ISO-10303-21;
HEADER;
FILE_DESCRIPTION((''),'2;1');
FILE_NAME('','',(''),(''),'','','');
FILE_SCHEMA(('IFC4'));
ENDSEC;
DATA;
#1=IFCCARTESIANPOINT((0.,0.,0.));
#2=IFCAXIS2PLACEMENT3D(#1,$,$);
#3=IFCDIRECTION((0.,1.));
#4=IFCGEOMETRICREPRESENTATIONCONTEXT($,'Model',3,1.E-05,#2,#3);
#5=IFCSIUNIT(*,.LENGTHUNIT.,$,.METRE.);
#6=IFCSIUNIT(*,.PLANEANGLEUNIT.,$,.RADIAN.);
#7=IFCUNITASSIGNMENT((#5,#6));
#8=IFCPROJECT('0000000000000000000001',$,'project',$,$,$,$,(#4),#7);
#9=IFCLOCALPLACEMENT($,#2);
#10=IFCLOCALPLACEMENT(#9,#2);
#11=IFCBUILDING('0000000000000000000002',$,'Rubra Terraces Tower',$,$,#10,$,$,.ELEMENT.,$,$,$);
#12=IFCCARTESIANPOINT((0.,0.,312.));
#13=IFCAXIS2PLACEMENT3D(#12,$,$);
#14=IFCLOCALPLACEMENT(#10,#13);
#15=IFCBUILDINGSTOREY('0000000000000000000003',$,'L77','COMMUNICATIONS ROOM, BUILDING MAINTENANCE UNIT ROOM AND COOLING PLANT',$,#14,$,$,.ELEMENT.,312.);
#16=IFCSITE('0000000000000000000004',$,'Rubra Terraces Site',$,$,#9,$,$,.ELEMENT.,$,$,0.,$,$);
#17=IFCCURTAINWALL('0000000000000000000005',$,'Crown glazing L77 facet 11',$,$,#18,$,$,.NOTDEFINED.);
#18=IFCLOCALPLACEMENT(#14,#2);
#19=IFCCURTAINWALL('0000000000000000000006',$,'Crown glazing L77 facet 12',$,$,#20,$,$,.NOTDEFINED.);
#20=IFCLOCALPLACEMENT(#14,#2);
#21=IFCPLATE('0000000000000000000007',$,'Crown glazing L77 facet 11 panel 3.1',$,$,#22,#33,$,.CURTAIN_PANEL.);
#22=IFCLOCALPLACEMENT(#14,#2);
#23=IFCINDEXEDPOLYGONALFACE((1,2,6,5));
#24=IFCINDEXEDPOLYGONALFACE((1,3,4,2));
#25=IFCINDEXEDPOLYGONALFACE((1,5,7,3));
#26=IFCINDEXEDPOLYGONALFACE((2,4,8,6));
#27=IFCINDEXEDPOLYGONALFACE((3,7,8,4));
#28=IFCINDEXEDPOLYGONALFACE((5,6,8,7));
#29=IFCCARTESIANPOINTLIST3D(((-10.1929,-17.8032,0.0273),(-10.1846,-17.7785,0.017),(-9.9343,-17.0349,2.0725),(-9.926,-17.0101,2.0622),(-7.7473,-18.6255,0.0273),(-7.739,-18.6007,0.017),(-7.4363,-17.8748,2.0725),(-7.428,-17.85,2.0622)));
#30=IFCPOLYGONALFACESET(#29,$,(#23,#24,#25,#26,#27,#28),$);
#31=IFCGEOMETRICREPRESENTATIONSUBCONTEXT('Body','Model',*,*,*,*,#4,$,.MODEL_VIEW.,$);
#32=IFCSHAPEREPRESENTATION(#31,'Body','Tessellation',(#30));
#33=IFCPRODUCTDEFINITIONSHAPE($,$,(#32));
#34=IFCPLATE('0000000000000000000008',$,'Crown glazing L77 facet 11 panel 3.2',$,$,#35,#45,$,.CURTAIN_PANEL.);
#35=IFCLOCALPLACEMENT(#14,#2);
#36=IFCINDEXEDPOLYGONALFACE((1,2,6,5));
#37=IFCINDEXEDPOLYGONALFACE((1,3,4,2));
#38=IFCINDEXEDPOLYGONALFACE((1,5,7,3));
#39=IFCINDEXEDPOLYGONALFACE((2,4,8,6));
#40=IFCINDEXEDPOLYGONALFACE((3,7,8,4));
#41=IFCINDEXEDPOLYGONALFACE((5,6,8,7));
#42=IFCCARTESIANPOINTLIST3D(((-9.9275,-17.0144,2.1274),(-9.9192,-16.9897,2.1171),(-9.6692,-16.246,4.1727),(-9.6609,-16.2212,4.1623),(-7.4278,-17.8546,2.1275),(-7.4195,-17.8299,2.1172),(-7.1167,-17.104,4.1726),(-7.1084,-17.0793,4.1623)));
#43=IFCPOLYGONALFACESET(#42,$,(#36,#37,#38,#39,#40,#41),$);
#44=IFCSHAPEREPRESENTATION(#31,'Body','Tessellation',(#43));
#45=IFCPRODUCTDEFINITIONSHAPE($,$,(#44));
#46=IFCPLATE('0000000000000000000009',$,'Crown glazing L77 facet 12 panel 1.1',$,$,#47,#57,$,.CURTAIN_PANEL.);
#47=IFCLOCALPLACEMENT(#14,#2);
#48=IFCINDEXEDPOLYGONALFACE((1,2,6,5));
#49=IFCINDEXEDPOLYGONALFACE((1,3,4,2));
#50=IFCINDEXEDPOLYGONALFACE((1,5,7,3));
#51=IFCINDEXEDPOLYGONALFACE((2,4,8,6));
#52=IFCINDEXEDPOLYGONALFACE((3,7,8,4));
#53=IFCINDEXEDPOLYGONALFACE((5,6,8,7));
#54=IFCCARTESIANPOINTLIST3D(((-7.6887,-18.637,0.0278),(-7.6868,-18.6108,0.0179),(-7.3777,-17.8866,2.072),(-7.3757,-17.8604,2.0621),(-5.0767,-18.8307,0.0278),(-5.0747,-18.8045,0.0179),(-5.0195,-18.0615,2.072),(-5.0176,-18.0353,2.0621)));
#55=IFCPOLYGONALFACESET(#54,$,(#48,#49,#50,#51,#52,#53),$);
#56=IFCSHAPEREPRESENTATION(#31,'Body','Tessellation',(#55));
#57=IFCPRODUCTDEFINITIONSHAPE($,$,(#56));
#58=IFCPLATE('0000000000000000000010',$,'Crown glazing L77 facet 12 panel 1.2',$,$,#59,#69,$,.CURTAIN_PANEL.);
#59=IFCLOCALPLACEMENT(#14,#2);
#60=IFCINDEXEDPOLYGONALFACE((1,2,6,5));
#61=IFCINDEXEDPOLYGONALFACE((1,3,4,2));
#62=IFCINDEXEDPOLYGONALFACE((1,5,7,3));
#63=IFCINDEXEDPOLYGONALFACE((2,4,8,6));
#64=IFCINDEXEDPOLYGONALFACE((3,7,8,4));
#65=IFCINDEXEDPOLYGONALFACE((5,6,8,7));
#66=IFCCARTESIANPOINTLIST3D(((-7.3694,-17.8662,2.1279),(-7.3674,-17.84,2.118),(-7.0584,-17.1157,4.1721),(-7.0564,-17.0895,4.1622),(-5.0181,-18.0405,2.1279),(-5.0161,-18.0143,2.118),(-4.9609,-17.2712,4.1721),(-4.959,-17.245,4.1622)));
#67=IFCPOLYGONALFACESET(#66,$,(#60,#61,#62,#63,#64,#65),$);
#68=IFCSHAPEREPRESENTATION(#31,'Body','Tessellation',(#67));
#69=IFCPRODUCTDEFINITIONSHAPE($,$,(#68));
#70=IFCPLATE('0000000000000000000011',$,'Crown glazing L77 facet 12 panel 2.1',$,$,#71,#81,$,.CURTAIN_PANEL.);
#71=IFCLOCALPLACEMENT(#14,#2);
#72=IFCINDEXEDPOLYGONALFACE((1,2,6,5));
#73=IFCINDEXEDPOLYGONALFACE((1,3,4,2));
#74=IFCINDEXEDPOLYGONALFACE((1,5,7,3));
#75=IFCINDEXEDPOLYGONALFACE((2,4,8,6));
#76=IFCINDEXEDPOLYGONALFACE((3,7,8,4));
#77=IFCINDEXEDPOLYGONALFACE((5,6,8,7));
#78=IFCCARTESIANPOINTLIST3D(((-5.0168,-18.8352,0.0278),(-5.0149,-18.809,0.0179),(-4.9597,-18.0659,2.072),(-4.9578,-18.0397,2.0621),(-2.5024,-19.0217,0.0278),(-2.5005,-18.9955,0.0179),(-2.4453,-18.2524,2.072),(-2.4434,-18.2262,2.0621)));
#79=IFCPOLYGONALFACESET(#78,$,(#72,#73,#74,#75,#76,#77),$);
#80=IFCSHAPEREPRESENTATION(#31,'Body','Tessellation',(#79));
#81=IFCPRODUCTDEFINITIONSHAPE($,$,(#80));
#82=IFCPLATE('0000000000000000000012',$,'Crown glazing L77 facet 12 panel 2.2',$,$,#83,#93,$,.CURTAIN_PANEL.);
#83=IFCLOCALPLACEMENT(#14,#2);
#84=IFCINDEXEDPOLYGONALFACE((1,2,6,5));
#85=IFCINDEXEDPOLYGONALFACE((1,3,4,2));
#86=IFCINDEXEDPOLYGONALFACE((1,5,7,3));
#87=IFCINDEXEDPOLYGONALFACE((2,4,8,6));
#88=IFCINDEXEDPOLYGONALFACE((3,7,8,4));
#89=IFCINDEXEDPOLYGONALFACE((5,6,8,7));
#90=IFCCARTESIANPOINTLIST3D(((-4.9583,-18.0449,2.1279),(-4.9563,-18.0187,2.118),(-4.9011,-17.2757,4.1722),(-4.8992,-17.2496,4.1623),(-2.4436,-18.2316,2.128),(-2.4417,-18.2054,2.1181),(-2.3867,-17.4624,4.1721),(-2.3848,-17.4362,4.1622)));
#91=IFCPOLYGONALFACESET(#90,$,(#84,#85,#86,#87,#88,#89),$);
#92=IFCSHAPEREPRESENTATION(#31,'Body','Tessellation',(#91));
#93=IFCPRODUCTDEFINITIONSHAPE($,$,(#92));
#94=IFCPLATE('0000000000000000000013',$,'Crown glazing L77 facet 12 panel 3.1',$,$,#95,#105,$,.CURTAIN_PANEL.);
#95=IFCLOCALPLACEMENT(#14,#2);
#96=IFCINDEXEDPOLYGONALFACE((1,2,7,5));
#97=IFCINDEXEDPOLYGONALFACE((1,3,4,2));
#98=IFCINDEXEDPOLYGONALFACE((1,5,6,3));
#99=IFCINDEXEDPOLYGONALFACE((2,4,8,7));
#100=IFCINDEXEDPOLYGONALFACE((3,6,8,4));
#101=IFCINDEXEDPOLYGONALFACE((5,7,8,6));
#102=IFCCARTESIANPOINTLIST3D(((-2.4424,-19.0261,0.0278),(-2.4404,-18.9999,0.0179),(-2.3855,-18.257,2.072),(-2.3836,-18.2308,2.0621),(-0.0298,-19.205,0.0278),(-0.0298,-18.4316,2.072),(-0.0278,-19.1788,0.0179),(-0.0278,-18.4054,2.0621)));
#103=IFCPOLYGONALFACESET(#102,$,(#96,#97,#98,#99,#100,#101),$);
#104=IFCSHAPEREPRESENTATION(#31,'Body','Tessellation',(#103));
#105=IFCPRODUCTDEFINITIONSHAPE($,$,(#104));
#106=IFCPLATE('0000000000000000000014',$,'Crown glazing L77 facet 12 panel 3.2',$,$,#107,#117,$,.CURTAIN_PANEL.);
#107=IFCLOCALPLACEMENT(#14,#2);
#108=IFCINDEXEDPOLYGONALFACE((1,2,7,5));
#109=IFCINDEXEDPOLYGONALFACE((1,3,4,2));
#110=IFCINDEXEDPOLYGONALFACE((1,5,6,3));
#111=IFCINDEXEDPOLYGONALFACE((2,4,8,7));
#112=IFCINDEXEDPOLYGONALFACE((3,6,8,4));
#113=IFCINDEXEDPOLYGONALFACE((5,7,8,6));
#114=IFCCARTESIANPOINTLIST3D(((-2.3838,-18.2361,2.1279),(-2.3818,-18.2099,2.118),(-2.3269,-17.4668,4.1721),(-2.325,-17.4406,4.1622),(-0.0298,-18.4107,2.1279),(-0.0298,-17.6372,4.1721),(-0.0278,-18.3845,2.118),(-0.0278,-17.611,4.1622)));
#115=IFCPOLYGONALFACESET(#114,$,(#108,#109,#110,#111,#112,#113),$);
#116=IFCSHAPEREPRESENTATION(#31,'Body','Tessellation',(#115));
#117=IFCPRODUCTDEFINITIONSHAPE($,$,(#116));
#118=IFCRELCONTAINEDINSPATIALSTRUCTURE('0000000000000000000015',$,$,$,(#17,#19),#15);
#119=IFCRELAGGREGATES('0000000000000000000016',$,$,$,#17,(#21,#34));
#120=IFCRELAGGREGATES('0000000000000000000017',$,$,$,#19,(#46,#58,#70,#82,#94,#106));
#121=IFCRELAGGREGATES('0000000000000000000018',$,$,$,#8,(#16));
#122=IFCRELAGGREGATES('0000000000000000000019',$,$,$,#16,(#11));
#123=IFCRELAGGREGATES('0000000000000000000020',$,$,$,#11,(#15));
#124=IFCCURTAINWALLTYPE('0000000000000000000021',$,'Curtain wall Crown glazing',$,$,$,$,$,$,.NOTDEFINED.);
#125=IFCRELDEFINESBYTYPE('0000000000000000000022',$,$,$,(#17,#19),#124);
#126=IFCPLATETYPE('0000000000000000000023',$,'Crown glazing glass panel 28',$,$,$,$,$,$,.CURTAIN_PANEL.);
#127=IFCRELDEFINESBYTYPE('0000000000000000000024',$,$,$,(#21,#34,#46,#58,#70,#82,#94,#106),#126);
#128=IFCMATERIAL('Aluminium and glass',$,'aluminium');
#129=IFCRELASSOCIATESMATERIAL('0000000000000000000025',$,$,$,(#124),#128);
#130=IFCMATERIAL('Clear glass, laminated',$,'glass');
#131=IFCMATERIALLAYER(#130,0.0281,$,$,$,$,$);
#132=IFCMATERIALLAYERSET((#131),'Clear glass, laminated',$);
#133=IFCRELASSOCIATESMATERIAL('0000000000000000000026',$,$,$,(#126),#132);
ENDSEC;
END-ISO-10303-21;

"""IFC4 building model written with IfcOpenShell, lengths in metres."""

from ifc_helpers import new_model, si_unit, direction, frame, origin, place, context, subcontext, project, spatial, polyline, outline, extrude, material, layer, layer_set, type_object, element, aggregate, save


model = new_model("IFC4")

# Units and contexts
model_context = context("Model", 3, precision=1e-05, world=origin(), true_north=direction((0.0, 1.0)))
body_context = subcontext(model_context, "Body", "Model", "MODEL_VIEW")
ifc_project = project(units=[si_unit("LENGTHUNIT", "METRE"), si_unit("PLANEANGLEUNIT", "RADIAN")], contexts=[model_context])

# Site, building, storey
site_placement = place(None, origin())
site = spatial("IfcSite", under=ifc_project, at=site_placement, Name="Rubra Terraces Site", CompositionType="ELEMENT", RefElevation=0.0)
building_placement = place(site_placement, origin())
building = spatial("IfcBuilding", under=site, at=building_placement, Name="Rubra Terraces Tower", CompositionType="ELEMENT")
storey_placement = place(building_placement, frame((0.0, 0.0, 312.0)))
storey = spatial("IfcBuildingStorey", under=building, at=storey_placement, Name="L77", Description="COMMUNICATIONS ROOM, BUILDING MAINTENANCE UNIT ROOM AND COOLING PLANT", CompositionType="ELEMENT", Elevation=312.0)

# Curtain walls
ifc_material_1 = material(Name="Aluminium and glass", Category="aluminium")
curtain_wall_type = type_object("IfcCurtainWallType", Name="Curtain wall Crown glazing", PredefinedType="NOTDEFINED", material=ifc_material_1)
curtain_wall_1_placement = place(storey_placement, origin())
curtain_wall_1 = element("IfcCurtainWall", 1, at=curtain_wall_1_placement, inside=storey, type_object=curtain_wall_type, Name="Crown glazing L77 facet 11", PredefinedType="NOTDEFINED")
curtain_wall_2_placement = place(storey_placement, origin())
curtain_wall_2 = element("IfcCurtainWall", 2, at=curtain_wall_2_placement, inside=storey, type_object=curtain_wall_type, Name="Crown glazing L77 facet 12", PredefinedType="NOTDEFINED")

# Plates
ifc_material_2 = material(Name="Clear glass, laminated", Category="glass")
ifc_layer = layer(ifc_material_2, 0.0281)
ifc_layer_set = layer_set([ifc_layer], Name="Clear glass, laminated")
plate_type = type_object("IfcPlateType", Name="Crown glazing glass panel 28", PredefinedType="CURTAIN_PANEL", material=ifc_layer_set)
plate_1_placement = place(storey_placement, frame((-10.1929, -17.8032, 0.0273), z_axis=(-0.296258, -0.88116, 0.368494), x_axis=(0.94786, -0.318686, -0.000004)))
plate_1 = element("IfcPlate", 3, at=plate_1_placement, type_object=plate_type, Name="Crown glazing L77 facet 11 panel 3.1", PredefinedType="CURTAIN_PANEL", context=body_context, shape_type="SweptSolid", body=[
    extrude(outline(polyline([(0.0, 0.0), (2.5801, 0.0), (2.6357, 2.2), (0.0002, 2.2), (0.0, 0.0)])), origin(), (0.0, 0.0, -1.0), 0.0281),
])
plate_2_placement = place(storey_placement, frame((-9.9275, -17.0144, 2.1274), z_axis=(-0.296199, -0.881187, 0.368478), x_axis=(0.947886, -0.31861, 0.000021)))
plate_2 = element("IfcPlate", 4, at=plate_2_placement, type_object=plate_type, Name="Crown glazing L77 facet 11 panel 3.2", PredefinedType="CURTAIN_PANEL", context=body_context, shape_type="SweptSolid", body=[
    extrude(outline(polyline([(0.0, 0.0), (2.6371, 0.0), (2.6929, 2.1999), (0.0, 2.2), (0.0, 0.0)])), origin(), (0.0, 0.0, -1.0), 0.0281),
])
aggregate(curtain_wall_1, [plate_1, plate_2])
plate_3_placement = place(storey_placement, frame((-7.6887, -18.637, 0.0278), z_axis=(-0.069207, -0.933052, 0.353021), x_axis=(0.99726, -0.073974, -0.000013)))
plate_3 = element("IfcPlate", 5, at=plate_3_placement, type_object=plate_type, Name="Crown glazing L77 facet 12 panel 1.1", PredefinedType="CURTAIN_PANEL", context=body_context, shape_type="SweptSolid", body=[
    extrude(outline(polyline([(0.0, 0.0), (2.6192, 0.0), (2.6193, 2.1849), (0.2547, 2.1848), (0.0, 0.0)])), origin(), (0.0, 0.0, -1.0), 0.0281),
])
plate_4_placement = place(storey_placement, frame((-7.3694, -17.8662, 2.1279), z_axis=(-0.069176, -0.933037, 0.353068), x_axis=(0.997263, -0.073938, 0.000002)))
plate_4 = element("IfcPlate", 6, at=plate_4_placement, type_object=plate_type, Name="Crown glazing L77 facet 12 panel 1.2", PredefinedType="CURTAIN_PANEL", context=body_context, shape_type="SweptSolid", body=[
    extrude(outline(polyline([(0.0, 0.0), (2.3578, 0.0), (2.3579, 2.1849), (0.2547, 2.1849), (0.0, 0.0)])), origin(), (0.0, 0.0, -1.0), 0.0281),
])
plate_5_placement = place(storey_placement, frame((-5.0168, -18.8352, 0.0278), z_axis=(-0.069214, -0.933036, 0.353063), x_axis=(0.99726, -0.073979, 0.0)))
plate_5 = element("IfcPlate", 7, at=plate_5_placement, type_object=plate_type, Name="Crown glazing L77 facet 12 panel 2.1", PredefinedType="CURTAIN_PANEL", context=body_context, shape_type="SweptSolid", body=[
    extrude(outline(polyline([(0.0, 0.0), (2.5213, 0.0), (2.5214, 2.1849), (0.0001, 2.1849), (0.0, 0.0)])), origin(), (0.0, 0.0, -1.0), 0.0281),
])
plate_6_placement = place(storey_placement, frame((-4.9583, -18.0449, 2.1279), z_axis=(-0.069258, -0.933053, 0.35301), x_axis=(0.997257, -0.074017, 0.000017)))
plate_6 = element("IfcPlate", 8, at=plate_6_placement, type_object=plate_type, Name="Crown glazing L77 facet 12 panel 2.2", PredefinedType="CURTAIN_PANEL", context=body_context, shape_type="SweptSolid", body=[
    extrude(outline(polyline([(0.0, 0.0), (2.5216, 0.0), (2.5214, 2.1848), (0.0001, 2.1849), (0.0, 0.0)])), origin(), (0.0, 0.0, -1.0), 0.0281),
])
plate_7_placement = place(storey_placement, frame((-2.4424, -19.0261, 0.0278), z_axis=(-0.069176, -0.933065, 0.352993), x_axis=(0.997263, -0.07394, -0.000012)))
plate_7 = element("IfcPlate", 9, at=plate_7_placement, type_object=plate_type, Name="Crown glazing L77 facet 12 panel 3.1", PredefinedType="CURTAIN_PANEL", context=body_context, shape_type="SweptSolid", body=[
    extrude(outline(polyline([(0.0, 0.0), (2.4192, 0.0), (2.362, 2.1849), (-0.0002, 2.1848), (0.0, 0.0)])), origin(), (0.0, 0.0, -1.0), 0.0281),
])
plate_8_placement = place(storey_placement, frame((-2.3838, -18.2361, 2.1279), z_axis=(-0.069203, -0.933045, 0.353042), x_axis=(0.997261, -0.073964, 0.000005)))
plate_8 = element("IfcPlate", 10, at=plate_8_placement, type_object=plate_type, Name="Crown glazing L77 facet 12 panel 3.2", PredefinedType="CURTAIN_PANEL", context=body_context, shape_type="SweptSolid", body=[
    extrude(outline(polyline([(0.0, 0.0), (2.3605, 0.0), (2.3033, 2.1849), (-0.0002, 2.1849), (0.0, 0.0)])), origin(), (0.0, 0.0, -1.0), 0.0281),
])
aggregate(curtain_wall_2, [plate_3, plate_4, plate_5, plate_6, plate_7, plate_8])

save(model, "model.ifc")
